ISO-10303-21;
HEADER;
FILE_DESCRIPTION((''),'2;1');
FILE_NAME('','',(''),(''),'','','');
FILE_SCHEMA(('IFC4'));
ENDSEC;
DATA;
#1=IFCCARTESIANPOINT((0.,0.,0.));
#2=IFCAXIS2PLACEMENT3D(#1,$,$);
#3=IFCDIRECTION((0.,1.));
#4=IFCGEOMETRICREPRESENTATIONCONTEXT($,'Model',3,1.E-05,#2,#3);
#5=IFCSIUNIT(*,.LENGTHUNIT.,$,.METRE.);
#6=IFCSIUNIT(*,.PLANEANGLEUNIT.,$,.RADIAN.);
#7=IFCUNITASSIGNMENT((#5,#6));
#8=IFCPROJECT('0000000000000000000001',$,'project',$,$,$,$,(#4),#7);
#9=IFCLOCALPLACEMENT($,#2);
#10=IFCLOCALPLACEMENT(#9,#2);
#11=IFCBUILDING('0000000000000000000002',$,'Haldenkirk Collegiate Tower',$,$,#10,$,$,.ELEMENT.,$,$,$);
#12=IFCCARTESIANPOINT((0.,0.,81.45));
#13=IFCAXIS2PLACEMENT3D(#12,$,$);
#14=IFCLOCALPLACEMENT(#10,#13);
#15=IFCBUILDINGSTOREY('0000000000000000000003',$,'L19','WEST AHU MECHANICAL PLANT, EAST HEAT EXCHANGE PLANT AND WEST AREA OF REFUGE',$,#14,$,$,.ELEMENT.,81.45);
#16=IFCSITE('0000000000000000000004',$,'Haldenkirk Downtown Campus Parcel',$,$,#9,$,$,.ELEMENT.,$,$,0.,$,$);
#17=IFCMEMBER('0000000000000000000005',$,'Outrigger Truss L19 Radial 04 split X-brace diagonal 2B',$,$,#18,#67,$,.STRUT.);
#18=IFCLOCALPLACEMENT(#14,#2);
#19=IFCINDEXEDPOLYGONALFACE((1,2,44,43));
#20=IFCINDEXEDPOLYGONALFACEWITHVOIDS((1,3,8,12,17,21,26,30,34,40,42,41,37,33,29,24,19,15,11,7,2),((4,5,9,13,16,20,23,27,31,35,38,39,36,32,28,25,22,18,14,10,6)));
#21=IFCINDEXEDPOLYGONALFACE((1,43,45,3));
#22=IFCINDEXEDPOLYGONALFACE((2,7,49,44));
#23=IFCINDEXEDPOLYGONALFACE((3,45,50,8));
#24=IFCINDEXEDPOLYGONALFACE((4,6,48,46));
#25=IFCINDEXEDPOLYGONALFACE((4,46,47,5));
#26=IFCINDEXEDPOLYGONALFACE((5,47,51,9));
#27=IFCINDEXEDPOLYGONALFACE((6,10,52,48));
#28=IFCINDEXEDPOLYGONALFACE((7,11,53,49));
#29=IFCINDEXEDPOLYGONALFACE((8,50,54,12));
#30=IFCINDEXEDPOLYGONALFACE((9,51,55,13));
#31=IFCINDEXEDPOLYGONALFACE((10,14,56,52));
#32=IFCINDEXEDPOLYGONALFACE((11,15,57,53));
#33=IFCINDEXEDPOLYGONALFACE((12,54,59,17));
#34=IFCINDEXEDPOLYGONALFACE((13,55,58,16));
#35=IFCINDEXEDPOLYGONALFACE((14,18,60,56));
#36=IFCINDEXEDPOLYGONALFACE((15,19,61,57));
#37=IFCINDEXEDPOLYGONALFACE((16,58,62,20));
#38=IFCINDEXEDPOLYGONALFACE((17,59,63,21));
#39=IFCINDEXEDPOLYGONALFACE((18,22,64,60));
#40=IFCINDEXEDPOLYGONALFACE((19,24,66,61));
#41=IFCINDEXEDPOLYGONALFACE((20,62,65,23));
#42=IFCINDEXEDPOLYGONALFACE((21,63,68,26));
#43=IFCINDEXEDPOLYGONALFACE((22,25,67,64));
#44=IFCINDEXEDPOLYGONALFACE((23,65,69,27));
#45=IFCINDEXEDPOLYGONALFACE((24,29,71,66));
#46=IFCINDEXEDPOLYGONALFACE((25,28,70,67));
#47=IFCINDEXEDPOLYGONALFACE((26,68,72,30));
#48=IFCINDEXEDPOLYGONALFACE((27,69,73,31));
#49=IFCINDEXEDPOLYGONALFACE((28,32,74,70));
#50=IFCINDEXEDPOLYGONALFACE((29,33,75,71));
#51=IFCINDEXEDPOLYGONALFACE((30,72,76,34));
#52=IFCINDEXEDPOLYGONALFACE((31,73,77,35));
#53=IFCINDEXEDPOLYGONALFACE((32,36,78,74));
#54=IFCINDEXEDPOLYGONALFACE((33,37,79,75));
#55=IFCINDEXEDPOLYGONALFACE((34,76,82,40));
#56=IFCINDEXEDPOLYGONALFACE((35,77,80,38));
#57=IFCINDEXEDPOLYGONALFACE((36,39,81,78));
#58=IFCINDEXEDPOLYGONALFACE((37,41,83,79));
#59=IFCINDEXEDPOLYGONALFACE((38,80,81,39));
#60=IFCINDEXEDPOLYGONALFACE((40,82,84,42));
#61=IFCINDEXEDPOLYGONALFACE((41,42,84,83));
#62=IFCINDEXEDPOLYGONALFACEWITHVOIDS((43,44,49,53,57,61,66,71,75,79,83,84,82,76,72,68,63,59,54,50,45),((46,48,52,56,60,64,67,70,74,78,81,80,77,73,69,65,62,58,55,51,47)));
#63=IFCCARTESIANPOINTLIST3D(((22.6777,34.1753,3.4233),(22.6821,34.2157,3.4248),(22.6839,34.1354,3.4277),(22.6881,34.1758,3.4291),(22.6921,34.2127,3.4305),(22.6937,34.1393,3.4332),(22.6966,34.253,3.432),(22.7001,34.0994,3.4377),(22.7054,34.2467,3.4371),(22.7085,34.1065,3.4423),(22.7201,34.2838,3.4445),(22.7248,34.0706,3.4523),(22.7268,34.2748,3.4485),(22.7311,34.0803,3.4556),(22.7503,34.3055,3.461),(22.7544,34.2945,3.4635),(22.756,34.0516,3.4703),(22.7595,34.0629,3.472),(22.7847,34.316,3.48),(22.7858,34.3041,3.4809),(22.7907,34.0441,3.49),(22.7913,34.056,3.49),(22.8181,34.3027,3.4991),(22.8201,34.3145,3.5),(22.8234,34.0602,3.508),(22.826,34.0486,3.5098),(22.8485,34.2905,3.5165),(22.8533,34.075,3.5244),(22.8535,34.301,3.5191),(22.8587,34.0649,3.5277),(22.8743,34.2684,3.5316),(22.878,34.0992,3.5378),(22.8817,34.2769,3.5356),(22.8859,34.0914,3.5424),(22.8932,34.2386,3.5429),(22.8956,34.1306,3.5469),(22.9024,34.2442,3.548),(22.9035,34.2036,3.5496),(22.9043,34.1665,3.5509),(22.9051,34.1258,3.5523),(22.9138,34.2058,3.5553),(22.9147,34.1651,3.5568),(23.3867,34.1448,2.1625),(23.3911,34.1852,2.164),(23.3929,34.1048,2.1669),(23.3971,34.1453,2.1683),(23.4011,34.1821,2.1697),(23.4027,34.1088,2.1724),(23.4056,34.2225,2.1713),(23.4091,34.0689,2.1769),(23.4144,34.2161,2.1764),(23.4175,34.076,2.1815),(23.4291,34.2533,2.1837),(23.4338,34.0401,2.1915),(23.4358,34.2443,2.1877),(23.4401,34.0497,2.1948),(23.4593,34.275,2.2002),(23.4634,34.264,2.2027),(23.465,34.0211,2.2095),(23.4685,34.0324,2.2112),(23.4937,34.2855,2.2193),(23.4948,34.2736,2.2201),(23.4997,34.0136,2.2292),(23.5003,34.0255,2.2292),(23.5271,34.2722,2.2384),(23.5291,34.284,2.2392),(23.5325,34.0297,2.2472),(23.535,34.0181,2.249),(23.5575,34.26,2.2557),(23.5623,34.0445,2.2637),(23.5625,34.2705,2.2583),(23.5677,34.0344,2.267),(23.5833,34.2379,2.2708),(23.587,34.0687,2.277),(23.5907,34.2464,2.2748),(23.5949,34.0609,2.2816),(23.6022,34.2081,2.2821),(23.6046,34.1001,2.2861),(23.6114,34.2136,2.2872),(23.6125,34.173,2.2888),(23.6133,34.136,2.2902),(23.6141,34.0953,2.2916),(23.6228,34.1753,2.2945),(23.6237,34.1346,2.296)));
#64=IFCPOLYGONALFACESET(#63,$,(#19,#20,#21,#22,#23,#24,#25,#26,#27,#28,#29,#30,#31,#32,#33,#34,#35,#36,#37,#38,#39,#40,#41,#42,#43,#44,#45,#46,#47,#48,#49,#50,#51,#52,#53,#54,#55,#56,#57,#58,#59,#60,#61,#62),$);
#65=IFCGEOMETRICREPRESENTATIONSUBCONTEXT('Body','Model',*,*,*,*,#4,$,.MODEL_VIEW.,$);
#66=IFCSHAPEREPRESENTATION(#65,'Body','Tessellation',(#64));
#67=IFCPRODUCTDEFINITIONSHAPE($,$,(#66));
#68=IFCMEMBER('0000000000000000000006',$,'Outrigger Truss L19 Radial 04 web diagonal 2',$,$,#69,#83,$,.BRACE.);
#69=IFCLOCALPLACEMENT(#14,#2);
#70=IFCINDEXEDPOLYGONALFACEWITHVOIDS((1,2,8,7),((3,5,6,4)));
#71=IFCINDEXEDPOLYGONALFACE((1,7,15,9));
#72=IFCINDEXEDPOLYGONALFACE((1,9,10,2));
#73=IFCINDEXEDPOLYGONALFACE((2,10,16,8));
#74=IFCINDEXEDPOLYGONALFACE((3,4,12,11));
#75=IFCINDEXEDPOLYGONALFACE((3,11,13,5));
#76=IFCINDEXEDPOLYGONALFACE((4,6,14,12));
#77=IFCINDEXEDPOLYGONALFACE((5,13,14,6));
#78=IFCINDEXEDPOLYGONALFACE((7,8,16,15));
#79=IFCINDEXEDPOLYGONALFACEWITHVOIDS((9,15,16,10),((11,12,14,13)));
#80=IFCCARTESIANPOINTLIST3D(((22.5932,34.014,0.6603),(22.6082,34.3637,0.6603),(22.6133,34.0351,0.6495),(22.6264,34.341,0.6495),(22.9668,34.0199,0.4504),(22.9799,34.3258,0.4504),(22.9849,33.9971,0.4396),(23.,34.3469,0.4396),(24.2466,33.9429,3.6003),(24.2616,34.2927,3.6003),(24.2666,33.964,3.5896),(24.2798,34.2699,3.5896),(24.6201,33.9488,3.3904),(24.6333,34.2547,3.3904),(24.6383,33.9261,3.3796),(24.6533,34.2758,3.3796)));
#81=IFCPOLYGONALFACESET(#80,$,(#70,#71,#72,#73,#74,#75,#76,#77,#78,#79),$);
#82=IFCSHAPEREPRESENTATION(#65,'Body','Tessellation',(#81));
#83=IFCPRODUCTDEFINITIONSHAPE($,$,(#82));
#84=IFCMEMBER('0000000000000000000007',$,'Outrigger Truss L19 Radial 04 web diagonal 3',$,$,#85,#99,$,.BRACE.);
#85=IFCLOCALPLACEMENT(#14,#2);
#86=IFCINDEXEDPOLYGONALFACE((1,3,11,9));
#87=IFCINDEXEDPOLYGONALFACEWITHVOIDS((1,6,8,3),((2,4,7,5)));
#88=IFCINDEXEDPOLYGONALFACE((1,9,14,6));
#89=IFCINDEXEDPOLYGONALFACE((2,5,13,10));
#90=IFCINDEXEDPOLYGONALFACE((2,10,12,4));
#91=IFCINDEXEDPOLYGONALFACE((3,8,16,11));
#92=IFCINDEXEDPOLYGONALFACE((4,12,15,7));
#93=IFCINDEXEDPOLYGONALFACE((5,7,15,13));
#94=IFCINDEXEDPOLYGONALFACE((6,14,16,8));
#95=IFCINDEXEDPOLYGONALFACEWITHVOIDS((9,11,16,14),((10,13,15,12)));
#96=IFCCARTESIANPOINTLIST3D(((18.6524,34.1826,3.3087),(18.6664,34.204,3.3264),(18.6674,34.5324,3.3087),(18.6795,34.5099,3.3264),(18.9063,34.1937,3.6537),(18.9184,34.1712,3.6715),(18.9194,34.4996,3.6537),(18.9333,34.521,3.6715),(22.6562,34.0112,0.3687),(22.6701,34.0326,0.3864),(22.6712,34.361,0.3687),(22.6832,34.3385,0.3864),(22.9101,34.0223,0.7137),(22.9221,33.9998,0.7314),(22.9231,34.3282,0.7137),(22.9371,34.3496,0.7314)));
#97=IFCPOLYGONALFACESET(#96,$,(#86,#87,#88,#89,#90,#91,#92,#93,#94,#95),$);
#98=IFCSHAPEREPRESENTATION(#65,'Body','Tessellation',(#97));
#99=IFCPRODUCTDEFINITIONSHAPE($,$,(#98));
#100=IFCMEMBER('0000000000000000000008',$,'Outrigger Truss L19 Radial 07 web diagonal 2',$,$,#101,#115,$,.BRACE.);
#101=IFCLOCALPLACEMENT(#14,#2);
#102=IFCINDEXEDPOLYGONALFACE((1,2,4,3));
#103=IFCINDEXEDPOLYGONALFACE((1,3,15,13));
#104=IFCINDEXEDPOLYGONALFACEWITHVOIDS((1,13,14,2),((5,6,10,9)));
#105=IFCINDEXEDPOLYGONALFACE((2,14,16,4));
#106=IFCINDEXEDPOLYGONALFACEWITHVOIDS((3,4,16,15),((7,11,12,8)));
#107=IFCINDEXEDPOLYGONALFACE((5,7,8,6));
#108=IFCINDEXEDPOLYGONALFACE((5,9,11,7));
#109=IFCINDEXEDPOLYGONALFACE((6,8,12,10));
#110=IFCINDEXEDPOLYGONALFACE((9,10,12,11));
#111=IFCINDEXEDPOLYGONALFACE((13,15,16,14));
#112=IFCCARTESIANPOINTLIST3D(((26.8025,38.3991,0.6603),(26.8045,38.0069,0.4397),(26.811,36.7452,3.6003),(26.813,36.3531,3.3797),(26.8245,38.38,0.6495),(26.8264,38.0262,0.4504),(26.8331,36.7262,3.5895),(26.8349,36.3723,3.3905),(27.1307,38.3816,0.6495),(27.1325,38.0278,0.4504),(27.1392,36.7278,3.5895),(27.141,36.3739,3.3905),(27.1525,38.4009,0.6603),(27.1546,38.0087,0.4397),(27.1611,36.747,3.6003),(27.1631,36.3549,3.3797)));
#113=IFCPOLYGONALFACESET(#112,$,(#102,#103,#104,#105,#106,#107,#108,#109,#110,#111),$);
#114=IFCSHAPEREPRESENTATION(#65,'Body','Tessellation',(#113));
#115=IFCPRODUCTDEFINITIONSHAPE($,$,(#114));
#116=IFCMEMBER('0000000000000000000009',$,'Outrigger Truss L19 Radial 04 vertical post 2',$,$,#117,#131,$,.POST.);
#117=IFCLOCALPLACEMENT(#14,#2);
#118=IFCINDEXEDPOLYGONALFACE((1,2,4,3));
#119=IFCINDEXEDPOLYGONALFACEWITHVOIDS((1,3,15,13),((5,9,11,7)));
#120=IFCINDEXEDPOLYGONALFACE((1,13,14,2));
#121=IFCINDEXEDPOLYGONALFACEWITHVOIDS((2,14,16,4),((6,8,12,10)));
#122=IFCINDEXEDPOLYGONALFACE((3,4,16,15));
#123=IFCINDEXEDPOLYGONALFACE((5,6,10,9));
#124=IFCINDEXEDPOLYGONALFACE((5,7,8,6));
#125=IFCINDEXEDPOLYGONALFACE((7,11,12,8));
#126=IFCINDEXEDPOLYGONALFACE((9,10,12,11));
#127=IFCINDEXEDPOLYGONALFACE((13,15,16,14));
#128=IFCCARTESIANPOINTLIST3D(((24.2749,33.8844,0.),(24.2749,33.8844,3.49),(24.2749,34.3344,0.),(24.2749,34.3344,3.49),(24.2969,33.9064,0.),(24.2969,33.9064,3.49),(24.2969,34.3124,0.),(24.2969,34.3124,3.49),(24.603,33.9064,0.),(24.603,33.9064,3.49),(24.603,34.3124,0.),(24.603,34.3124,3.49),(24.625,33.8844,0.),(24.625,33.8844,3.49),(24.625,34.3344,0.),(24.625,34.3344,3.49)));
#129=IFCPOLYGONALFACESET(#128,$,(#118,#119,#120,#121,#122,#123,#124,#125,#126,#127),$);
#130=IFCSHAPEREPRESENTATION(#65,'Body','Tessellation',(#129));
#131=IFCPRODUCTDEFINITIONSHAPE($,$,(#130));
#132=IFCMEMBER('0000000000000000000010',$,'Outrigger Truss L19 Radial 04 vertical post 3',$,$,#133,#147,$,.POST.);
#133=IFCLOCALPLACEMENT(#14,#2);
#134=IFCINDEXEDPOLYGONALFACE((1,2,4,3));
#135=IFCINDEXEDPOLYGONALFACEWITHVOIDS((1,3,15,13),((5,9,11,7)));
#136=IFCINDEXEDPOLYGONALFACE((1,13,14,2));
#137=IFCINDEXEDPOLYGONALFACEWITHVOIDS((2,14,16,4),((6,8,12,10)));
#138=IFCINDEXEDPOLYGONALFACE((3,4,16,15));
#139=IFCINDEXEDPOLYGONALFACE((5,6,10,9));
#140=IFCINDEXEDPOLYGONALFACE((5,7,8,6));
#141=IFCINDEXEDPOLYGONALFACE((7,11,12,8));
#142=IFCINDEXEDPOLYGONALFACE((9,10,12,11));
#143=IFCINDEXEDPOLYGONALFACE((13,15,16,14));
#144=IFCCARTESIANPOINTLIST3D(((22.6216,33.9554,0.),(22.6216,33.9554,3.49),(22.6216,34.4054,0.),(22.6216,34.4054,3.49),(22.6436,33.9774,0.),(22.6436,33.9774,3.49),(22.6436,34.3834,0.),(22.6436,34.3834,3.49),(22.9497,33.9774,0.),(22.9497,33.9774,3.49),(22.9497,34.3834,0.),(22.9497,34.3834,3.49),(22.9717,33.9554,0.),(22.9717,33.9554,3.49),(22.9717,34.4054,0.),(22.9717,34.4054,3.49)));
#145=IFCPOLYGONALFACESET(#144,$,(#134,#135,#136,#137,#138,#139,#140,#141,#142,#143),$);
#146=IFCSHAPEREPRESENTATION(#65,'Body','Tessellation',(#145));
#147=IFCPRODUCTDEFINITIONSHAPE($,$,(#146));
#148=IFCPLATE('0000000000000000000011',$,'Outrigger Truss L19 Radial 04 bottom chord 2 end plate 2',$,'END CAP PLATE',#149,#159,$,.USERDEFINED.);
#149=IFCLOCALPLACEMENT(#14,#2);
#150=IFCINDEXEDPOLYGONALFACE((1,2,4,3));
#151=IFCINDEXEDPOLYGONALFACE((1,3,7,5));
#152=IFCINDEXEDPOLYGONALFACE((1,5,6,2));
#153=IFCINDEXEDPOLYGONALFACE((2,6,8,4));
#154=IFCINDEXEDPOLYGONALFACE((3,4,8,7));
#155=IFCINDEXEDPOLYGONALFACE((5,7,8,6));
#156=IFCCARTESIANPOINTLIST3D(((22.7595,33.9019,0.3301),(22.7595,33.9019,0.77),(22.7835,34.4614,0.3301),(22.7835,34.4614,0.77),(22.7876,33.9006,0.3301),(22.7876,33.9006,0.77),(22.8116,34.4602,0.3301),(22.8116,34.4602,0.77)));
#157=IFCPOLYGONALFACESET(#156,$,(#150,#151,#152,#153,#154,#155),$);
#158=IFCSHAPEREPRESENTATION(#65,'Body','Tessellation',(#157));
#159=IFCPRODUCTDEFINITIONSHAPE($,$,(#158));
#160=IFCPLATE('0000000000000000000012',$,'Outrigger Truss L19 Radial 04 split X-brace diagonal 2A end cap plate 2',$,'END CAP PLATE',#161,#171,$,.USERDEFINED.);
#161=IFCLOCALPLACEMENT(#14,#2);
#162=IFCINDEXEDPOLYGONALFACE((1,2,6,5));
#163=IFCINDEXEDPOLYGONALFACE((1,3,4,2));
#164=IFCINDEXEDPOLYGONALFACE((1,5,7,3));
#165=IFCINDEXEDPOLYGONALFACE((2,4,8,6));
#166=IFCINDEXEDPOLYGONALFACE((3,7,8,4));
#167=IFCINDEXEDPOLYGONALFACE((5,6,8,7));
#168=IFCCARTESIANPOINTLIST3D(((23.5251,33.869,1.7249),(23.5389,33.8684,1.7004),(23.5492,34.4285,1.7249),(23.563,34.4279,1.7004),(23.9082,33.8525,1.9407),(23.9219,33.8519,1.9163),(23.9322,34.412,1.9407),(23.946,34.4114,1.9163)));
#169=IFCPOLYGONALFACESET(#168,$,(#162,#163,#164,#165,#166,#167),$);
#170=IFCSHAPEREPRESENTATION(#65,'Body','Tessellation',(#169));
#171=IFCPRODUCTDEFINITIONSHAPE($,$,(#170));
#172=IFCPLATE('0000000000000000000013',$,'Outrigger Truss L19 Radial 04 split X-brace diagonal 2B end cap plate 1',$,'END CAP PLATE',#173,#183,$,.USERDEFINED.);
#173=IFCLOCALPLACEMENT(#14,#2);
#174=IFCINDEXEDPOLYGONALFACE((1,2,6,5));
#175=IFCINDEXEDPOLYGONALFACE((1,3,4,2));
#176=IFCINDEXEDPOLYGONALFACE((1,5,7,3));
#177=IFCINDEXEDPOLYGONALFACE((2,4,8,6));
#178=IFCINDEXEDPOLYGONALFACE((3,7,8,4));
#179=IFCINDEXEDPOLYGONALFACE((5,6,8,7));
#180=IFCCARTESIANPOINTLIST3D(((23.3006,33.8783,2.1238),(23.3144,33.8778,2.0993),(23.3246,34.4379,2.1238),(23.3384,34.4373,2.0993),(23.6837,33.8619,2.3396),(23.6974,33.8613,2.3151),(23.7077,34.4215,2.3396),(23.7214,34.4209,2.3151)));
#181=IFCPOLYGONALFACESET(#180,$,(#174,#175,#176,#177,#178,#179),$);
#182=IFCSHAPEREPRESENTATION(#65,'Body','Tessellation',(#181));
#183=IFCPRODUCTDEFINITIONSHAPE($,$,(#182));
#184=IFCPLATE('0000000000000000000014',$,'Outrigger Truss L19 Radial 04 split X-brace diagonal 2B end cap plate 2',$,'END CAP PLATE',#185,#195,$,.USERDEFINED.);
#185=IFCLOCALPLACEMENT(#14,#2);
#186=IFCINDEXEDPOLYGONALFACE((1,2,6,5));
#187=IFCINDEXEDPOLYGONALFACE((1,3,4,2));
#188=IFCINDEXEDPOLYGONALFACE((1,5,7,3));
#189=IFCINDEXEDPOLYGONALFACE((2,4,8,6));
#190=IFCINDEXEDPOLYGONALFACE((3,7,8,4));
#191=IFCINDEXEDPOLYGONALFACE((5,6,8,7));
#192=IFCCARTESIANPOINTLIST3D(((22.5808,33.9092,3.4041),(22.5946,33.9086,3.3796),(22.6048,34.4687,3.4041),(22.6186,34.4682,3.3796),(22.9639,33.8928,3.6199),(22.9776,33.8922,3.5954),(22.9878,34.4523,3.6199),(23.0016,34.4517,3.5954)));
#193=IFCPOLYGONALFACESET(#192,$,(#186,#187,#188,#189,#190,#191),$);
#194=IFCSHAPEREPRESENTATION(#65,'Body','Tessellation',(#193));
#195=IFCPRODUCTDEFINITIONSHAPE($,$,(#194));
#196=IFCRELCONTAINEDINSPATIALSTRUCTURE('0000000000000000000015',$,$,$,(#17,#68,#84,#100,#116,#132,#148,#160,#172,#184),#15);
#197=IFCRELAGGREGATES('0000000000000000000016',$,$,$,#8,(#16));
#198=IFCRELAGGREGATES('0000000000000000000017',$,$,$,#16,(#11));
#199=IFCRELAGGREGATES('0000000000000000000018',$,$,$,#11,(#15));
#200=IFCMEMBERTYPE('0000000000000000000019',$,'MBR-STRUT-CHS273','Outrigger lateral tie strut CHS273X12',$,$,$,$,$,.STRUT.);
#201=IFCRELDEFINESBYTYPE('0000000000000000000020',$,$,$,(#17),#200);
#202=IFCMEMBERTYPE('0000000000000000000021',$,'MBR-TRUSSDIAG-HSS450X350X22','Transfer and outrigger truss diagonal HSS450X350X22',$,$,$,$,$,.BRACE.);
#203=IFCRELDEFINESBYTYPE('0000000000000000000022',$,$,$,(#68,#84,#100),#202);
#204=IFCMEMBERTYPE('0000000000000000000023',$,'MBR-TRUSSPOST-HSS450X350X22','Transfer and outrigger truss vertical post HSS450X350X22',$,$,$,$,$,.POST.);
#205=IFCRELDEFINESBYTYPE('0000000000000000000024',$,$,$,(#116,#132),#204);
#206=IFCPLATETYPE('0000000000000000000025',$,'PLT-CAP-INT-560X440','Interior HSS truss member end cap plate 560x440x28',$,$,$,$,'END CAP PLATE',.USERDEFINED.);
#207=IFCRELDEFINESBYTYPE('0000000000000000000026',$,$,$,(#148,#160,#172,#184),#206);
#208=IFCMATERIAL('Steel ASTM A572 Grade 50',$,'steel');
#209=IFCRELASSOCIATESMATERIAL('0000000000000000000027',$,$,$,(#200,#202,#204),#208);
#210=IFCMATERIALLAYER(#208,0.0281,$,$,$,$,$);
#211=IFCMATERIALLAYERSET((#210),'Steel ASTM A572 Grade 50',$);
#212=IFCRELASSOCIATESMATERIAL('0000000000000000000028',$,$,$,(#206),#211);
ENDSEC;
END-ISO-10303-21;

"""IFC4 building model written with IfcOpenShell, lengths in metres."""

from ifc_helpers import new_model, si_unit, direction, frame, origin, origin_2d, place, context, subcontext, project, spatial, rectangle, hollow_rectangle, hollow_circle, extrude, source, transform, mapped, material, layer, layer_set, material_profile, profile_set, type_object, element, save


model = new_model("IFC4")

# Units and contexts
model_context = context("Model", 3, precision=1e-05, world=origin(), true_north=direction((0.0, 1.0)))
body_context = subcontext(model_context, "Body", "Model", "MODEL_VIEW")
ifc_project = project(units=[si_unit("LENGTHUNIT", "METRE"), si_unit("PLANEANGLEUNIT", "RADIAN")], contexts=[model_context])

# Site, building, storey
site_placement = place(None, origin())
site = spatial("IfcSite", under=ifc_project, at=site_placement, Name="Haldenkirk Downtown Campus Parcel", CompositionType="ELEMENT", RefElevation=0.0)
building_placement = place(site_placement, origin())
building = spatial("IfcBuilding", under=site, at=building_placement, Name="Haldenkirk Collegiate Tower", CompositionType="ELEMENT")
storey_placement = place(building_placement, frame((0.0, 0.0, 81.45)))
storey = spatial("IfcBuildingStorey", under=building, at=storey_placement, Name="L19", Description="WEST AHU MECHANICAL PLANT, EAST HEAT EXCHANGE PLANT AND WEST AREA OF REFUGE", CompositionType="ELEMENT", Elevation=81.45)

# Members
ifc_material_1 = material(Name="Steel ASTM A572 Grade 50", Category="steel")
ifc_material_profile_1 = material_profile(ifc_material_1, hollow_circle(Radius=0.1365, WallThickness=0.012, at=origin_2d()), Name="CHS273X12")
ifc_profile_set_1 = profile_set([ifc_material_profile_1], Name="Steel ASTM A572 Grade 50")
member_type_1 = type_object("IfcMemberType", Name="MBR-STRUT-CHS273", Description="Outrigger lateral tie strut CHS273X12", PredefinedType="STRUT", material=ifc_profile_set_1)
member_1_placement = place(storey_placement, frame((23.5056, 34.1499, 2.2292), z_axis=(-0.490056, 0.021094, 0.871436), x_axis=(-0.043004, -0.999075, 0.0)))
element("IfcMember", 1, at=member_1_placement, inside=storey, type_object=member_type_1, Name="Outrigger Truss L19 Radial 04 split X-brace diagonal 2B", PredefinedType="STRUT", context=body_context, shape_type="SweptSolid", body=[
    extrude(hollow_circle(Radius=0.1365, WallThickness=0.012, at=origin_2d()), origin(), (0.0, 0.0, 1.0), 1.4468),
])
ifc_material_profile_2 = material_profile(ifc_material_1, hollow_rectangle(XDim=0.3501, YDim=0.45, WallThickness=0.022, at=origin_2d()), Name="HSS450X350X22")
ifc_profile_set_2 = profile_set([ifc_material_profile_2], Name="Steel ASTM A572 Grade 50")
member_type_2 = type_object("IfcMemberType", Name="MBR-TRUSSDIAG-HSS450X350X22", Description="Transfer and outrigger truss diagonal HSS450X350X22", PredefinedType="BRACE", material=ifc_profile_set_2)
member_2_placement = place(storey_placement, frame((24.45, 34.1094, 3.49), z_axis=(-0.490063, 0.021059, -0.871433), x_axis=(-0.042931, -0.999078, 0.0)))
element("IfcMember", 2, at=member_2_placement, inside=storey, type_object=member_type_2, Name="Outrigger Truss L19 Radial 04 web diagonal 2", PredefinedType="BRACE", context=body_context, shape_type="SweptSolid", body=[
    extrude(hollow_rectangle(XDim=0.3501, YDim=0.45, WallThickness=0.022, at=origin_2d()), origin(), (0.0, 0.0, 1.0), 3.3738),
])
member_3_placement = place(storey_placement, frame((22.7966, 34.1804, 0.55), z_axis=(-0.805549, 0.034484, 0.591525), x_axis=(-0.042768, -0.999085, 0.0)))
element("IfcMember", 3, at=member_3_placement, inside=storey, type_object=member_type_2, Name="Outrigger Truss L19 Radial 04 web diagonal 3", PredefinedType="BRACE", context=body_context, shape_type="SweptSolid", body=[
    extrude(hollow_rectangle(XDim=0.3501, YDim=0.45, WallThickness=0.022, at=origin_2d()), origin(), (0.0, 0.0, 1.0), 4.9702),
])
member_4_placement = place(storey_placement, frame((26.9871, 36.55, 3.49), z_axis=(-0.002533, 0.49028, -0.871561), x_axis=(-0.999987, -0.005167, 0.0)))
element("IfcMember", 4, at=member_4_placement, inside=storey, type_object=member_type_2, Name="Outrigger Truss L19 Radial 07 web diagonal 2", PredefinedType="BRACE", context=body_context, shape_type="SweptSolid", body=[
    extrude(hollow_rectangle(XDim=0.3501, YDim=0.45, WallThickness=0.022, at=origin_2d()), origin(), (0.0, 0.0, 1.0), 3.3733),
])
ifc_material_profile_3 = material_profile(ifc_material_1, hollow_rectangle(XDim=0.3501, YDim=0.45, WallThickness=0.022, at=origin_2d()), Name="HSS450X350X22")
ifc_profile_set_3 = profile_set([ifc_material_profile_3], Name="Steel ASTM A572 Grade 50")
member_type_3 = type_object("IfcMemberType", Name="MBR-TRUSSPOST-HSS450X350X22", Description="Transfer and outrigger truss vertical post HSS450X350X22", PredefinedType="POST", material=ifc_profile_set_3)
for number, where, z_axis, x_axis, name in (
    (5, (24.45, 34.1094, 0.0), (0.0, 0.0, 1.0), (1.0, 0.0, 0.0), "Outrigger Truss L19 Radial 04 vertical post 2"),
    (6, (22.7966, 34.1804, 0.0), (0.0, 0.0, 1.0), (1.0, 0.0, 0.0), "Outrigger Truss L19 Radial 04 vertical post 3"),
):
    element("IfcMember", number, at=place(storey_placement, frame(where, z_axis=z_axis, x_axis=x_axis)), inside=storey, type_object=member_type_3, Name=name, PredefinedType="POST", context=body_context, shape_type="SweptSolid", body=[
        extrude(hollow_rectangle(XDim=0.3501, YDim=0.45, WallThickness=0.022, at=origin_2d()), origin(), (0.0, 0.0, 1.0), 3.49),
    ])

# Plates
ifc_layer_1 = layer(ifc_material_1, 0.0281)
ifc_layer_set_1 = layer_set([ifc_layer_1], Name="Steel ASTM A572 Grade 50")
plate_type_1 = type_object("IfcPlateType", Name="PLT-CAP-INT-560X440", Description="Interior HSS truss member end cap plate 560x440x28", ElementType="END CAP PLATE", PredefinedType="USERDEFINED", material=ifc_layer_set_1)
shared_shape_1 = source(origin(), body_context, "Body", "SweptSolid", [
    extrude(rectangle(XDim=0.5601, YDim=0.4399, at=origin_2d()), origin(), (0.0, 0.0, 1.0), 0.0281),
])
for number, where, z_axis, x_axis, name in (
    (7, (22.7996, 34.1804, 0.55), (-0.999082, 0.042834, 0.0), (-0.042834, -0.999082, 0.0), "Outrigger Truss L19 Radial 04 bottom chord 2 end plate 2"),
    (8, (23.7424, 34.1399, 1.8083), (-0.49007, 0.021079, 0.871428), (-0.042973, -0.999076, 0.0), "Outrigger Truss L19 Radial 04 split X-brace diagonal 2A end cap plate 2"),
    (9, (23.5042, 34.1499, 2.2317), (0.490071, -0.02101, -0.871429), (0.042832, 0.999082, 0.0), "Outrigger Truss L19 Radial 04 split X-brace diagonal 2B end cap plate 1"),
    (10, (22.7981, 34.1802, 3.4875), (-0.490071, 0.02101, 0.871429), (-0.042832, -0.999082, 0.0), "Outrigger Truss L19 Radial 04 split X-brace diagonal 2B end cap plate 2"),
):
    element("IfcPlate", number, at=place(storey_placement, frame(where, z_axis=z_axis, x_axis=x_axis)), inside=storey, type_object=plate_type_1, Name=name, ObjectType="END CAP PLATE", PredefinedType="USERDEFINED", context=body_context, shape_type="MappedRepresentation", body=[
        mapped(shared_shape_1, transform((0.0, 0.0, 0.0), x_axis=(1.0, 0.0, 0.0), y_axis=(0.0, 1.0, 0.0), z_axis=(0.0, 0.0, 1.0), scale=1.0)),
    ])

save(model, "model.ifc")
